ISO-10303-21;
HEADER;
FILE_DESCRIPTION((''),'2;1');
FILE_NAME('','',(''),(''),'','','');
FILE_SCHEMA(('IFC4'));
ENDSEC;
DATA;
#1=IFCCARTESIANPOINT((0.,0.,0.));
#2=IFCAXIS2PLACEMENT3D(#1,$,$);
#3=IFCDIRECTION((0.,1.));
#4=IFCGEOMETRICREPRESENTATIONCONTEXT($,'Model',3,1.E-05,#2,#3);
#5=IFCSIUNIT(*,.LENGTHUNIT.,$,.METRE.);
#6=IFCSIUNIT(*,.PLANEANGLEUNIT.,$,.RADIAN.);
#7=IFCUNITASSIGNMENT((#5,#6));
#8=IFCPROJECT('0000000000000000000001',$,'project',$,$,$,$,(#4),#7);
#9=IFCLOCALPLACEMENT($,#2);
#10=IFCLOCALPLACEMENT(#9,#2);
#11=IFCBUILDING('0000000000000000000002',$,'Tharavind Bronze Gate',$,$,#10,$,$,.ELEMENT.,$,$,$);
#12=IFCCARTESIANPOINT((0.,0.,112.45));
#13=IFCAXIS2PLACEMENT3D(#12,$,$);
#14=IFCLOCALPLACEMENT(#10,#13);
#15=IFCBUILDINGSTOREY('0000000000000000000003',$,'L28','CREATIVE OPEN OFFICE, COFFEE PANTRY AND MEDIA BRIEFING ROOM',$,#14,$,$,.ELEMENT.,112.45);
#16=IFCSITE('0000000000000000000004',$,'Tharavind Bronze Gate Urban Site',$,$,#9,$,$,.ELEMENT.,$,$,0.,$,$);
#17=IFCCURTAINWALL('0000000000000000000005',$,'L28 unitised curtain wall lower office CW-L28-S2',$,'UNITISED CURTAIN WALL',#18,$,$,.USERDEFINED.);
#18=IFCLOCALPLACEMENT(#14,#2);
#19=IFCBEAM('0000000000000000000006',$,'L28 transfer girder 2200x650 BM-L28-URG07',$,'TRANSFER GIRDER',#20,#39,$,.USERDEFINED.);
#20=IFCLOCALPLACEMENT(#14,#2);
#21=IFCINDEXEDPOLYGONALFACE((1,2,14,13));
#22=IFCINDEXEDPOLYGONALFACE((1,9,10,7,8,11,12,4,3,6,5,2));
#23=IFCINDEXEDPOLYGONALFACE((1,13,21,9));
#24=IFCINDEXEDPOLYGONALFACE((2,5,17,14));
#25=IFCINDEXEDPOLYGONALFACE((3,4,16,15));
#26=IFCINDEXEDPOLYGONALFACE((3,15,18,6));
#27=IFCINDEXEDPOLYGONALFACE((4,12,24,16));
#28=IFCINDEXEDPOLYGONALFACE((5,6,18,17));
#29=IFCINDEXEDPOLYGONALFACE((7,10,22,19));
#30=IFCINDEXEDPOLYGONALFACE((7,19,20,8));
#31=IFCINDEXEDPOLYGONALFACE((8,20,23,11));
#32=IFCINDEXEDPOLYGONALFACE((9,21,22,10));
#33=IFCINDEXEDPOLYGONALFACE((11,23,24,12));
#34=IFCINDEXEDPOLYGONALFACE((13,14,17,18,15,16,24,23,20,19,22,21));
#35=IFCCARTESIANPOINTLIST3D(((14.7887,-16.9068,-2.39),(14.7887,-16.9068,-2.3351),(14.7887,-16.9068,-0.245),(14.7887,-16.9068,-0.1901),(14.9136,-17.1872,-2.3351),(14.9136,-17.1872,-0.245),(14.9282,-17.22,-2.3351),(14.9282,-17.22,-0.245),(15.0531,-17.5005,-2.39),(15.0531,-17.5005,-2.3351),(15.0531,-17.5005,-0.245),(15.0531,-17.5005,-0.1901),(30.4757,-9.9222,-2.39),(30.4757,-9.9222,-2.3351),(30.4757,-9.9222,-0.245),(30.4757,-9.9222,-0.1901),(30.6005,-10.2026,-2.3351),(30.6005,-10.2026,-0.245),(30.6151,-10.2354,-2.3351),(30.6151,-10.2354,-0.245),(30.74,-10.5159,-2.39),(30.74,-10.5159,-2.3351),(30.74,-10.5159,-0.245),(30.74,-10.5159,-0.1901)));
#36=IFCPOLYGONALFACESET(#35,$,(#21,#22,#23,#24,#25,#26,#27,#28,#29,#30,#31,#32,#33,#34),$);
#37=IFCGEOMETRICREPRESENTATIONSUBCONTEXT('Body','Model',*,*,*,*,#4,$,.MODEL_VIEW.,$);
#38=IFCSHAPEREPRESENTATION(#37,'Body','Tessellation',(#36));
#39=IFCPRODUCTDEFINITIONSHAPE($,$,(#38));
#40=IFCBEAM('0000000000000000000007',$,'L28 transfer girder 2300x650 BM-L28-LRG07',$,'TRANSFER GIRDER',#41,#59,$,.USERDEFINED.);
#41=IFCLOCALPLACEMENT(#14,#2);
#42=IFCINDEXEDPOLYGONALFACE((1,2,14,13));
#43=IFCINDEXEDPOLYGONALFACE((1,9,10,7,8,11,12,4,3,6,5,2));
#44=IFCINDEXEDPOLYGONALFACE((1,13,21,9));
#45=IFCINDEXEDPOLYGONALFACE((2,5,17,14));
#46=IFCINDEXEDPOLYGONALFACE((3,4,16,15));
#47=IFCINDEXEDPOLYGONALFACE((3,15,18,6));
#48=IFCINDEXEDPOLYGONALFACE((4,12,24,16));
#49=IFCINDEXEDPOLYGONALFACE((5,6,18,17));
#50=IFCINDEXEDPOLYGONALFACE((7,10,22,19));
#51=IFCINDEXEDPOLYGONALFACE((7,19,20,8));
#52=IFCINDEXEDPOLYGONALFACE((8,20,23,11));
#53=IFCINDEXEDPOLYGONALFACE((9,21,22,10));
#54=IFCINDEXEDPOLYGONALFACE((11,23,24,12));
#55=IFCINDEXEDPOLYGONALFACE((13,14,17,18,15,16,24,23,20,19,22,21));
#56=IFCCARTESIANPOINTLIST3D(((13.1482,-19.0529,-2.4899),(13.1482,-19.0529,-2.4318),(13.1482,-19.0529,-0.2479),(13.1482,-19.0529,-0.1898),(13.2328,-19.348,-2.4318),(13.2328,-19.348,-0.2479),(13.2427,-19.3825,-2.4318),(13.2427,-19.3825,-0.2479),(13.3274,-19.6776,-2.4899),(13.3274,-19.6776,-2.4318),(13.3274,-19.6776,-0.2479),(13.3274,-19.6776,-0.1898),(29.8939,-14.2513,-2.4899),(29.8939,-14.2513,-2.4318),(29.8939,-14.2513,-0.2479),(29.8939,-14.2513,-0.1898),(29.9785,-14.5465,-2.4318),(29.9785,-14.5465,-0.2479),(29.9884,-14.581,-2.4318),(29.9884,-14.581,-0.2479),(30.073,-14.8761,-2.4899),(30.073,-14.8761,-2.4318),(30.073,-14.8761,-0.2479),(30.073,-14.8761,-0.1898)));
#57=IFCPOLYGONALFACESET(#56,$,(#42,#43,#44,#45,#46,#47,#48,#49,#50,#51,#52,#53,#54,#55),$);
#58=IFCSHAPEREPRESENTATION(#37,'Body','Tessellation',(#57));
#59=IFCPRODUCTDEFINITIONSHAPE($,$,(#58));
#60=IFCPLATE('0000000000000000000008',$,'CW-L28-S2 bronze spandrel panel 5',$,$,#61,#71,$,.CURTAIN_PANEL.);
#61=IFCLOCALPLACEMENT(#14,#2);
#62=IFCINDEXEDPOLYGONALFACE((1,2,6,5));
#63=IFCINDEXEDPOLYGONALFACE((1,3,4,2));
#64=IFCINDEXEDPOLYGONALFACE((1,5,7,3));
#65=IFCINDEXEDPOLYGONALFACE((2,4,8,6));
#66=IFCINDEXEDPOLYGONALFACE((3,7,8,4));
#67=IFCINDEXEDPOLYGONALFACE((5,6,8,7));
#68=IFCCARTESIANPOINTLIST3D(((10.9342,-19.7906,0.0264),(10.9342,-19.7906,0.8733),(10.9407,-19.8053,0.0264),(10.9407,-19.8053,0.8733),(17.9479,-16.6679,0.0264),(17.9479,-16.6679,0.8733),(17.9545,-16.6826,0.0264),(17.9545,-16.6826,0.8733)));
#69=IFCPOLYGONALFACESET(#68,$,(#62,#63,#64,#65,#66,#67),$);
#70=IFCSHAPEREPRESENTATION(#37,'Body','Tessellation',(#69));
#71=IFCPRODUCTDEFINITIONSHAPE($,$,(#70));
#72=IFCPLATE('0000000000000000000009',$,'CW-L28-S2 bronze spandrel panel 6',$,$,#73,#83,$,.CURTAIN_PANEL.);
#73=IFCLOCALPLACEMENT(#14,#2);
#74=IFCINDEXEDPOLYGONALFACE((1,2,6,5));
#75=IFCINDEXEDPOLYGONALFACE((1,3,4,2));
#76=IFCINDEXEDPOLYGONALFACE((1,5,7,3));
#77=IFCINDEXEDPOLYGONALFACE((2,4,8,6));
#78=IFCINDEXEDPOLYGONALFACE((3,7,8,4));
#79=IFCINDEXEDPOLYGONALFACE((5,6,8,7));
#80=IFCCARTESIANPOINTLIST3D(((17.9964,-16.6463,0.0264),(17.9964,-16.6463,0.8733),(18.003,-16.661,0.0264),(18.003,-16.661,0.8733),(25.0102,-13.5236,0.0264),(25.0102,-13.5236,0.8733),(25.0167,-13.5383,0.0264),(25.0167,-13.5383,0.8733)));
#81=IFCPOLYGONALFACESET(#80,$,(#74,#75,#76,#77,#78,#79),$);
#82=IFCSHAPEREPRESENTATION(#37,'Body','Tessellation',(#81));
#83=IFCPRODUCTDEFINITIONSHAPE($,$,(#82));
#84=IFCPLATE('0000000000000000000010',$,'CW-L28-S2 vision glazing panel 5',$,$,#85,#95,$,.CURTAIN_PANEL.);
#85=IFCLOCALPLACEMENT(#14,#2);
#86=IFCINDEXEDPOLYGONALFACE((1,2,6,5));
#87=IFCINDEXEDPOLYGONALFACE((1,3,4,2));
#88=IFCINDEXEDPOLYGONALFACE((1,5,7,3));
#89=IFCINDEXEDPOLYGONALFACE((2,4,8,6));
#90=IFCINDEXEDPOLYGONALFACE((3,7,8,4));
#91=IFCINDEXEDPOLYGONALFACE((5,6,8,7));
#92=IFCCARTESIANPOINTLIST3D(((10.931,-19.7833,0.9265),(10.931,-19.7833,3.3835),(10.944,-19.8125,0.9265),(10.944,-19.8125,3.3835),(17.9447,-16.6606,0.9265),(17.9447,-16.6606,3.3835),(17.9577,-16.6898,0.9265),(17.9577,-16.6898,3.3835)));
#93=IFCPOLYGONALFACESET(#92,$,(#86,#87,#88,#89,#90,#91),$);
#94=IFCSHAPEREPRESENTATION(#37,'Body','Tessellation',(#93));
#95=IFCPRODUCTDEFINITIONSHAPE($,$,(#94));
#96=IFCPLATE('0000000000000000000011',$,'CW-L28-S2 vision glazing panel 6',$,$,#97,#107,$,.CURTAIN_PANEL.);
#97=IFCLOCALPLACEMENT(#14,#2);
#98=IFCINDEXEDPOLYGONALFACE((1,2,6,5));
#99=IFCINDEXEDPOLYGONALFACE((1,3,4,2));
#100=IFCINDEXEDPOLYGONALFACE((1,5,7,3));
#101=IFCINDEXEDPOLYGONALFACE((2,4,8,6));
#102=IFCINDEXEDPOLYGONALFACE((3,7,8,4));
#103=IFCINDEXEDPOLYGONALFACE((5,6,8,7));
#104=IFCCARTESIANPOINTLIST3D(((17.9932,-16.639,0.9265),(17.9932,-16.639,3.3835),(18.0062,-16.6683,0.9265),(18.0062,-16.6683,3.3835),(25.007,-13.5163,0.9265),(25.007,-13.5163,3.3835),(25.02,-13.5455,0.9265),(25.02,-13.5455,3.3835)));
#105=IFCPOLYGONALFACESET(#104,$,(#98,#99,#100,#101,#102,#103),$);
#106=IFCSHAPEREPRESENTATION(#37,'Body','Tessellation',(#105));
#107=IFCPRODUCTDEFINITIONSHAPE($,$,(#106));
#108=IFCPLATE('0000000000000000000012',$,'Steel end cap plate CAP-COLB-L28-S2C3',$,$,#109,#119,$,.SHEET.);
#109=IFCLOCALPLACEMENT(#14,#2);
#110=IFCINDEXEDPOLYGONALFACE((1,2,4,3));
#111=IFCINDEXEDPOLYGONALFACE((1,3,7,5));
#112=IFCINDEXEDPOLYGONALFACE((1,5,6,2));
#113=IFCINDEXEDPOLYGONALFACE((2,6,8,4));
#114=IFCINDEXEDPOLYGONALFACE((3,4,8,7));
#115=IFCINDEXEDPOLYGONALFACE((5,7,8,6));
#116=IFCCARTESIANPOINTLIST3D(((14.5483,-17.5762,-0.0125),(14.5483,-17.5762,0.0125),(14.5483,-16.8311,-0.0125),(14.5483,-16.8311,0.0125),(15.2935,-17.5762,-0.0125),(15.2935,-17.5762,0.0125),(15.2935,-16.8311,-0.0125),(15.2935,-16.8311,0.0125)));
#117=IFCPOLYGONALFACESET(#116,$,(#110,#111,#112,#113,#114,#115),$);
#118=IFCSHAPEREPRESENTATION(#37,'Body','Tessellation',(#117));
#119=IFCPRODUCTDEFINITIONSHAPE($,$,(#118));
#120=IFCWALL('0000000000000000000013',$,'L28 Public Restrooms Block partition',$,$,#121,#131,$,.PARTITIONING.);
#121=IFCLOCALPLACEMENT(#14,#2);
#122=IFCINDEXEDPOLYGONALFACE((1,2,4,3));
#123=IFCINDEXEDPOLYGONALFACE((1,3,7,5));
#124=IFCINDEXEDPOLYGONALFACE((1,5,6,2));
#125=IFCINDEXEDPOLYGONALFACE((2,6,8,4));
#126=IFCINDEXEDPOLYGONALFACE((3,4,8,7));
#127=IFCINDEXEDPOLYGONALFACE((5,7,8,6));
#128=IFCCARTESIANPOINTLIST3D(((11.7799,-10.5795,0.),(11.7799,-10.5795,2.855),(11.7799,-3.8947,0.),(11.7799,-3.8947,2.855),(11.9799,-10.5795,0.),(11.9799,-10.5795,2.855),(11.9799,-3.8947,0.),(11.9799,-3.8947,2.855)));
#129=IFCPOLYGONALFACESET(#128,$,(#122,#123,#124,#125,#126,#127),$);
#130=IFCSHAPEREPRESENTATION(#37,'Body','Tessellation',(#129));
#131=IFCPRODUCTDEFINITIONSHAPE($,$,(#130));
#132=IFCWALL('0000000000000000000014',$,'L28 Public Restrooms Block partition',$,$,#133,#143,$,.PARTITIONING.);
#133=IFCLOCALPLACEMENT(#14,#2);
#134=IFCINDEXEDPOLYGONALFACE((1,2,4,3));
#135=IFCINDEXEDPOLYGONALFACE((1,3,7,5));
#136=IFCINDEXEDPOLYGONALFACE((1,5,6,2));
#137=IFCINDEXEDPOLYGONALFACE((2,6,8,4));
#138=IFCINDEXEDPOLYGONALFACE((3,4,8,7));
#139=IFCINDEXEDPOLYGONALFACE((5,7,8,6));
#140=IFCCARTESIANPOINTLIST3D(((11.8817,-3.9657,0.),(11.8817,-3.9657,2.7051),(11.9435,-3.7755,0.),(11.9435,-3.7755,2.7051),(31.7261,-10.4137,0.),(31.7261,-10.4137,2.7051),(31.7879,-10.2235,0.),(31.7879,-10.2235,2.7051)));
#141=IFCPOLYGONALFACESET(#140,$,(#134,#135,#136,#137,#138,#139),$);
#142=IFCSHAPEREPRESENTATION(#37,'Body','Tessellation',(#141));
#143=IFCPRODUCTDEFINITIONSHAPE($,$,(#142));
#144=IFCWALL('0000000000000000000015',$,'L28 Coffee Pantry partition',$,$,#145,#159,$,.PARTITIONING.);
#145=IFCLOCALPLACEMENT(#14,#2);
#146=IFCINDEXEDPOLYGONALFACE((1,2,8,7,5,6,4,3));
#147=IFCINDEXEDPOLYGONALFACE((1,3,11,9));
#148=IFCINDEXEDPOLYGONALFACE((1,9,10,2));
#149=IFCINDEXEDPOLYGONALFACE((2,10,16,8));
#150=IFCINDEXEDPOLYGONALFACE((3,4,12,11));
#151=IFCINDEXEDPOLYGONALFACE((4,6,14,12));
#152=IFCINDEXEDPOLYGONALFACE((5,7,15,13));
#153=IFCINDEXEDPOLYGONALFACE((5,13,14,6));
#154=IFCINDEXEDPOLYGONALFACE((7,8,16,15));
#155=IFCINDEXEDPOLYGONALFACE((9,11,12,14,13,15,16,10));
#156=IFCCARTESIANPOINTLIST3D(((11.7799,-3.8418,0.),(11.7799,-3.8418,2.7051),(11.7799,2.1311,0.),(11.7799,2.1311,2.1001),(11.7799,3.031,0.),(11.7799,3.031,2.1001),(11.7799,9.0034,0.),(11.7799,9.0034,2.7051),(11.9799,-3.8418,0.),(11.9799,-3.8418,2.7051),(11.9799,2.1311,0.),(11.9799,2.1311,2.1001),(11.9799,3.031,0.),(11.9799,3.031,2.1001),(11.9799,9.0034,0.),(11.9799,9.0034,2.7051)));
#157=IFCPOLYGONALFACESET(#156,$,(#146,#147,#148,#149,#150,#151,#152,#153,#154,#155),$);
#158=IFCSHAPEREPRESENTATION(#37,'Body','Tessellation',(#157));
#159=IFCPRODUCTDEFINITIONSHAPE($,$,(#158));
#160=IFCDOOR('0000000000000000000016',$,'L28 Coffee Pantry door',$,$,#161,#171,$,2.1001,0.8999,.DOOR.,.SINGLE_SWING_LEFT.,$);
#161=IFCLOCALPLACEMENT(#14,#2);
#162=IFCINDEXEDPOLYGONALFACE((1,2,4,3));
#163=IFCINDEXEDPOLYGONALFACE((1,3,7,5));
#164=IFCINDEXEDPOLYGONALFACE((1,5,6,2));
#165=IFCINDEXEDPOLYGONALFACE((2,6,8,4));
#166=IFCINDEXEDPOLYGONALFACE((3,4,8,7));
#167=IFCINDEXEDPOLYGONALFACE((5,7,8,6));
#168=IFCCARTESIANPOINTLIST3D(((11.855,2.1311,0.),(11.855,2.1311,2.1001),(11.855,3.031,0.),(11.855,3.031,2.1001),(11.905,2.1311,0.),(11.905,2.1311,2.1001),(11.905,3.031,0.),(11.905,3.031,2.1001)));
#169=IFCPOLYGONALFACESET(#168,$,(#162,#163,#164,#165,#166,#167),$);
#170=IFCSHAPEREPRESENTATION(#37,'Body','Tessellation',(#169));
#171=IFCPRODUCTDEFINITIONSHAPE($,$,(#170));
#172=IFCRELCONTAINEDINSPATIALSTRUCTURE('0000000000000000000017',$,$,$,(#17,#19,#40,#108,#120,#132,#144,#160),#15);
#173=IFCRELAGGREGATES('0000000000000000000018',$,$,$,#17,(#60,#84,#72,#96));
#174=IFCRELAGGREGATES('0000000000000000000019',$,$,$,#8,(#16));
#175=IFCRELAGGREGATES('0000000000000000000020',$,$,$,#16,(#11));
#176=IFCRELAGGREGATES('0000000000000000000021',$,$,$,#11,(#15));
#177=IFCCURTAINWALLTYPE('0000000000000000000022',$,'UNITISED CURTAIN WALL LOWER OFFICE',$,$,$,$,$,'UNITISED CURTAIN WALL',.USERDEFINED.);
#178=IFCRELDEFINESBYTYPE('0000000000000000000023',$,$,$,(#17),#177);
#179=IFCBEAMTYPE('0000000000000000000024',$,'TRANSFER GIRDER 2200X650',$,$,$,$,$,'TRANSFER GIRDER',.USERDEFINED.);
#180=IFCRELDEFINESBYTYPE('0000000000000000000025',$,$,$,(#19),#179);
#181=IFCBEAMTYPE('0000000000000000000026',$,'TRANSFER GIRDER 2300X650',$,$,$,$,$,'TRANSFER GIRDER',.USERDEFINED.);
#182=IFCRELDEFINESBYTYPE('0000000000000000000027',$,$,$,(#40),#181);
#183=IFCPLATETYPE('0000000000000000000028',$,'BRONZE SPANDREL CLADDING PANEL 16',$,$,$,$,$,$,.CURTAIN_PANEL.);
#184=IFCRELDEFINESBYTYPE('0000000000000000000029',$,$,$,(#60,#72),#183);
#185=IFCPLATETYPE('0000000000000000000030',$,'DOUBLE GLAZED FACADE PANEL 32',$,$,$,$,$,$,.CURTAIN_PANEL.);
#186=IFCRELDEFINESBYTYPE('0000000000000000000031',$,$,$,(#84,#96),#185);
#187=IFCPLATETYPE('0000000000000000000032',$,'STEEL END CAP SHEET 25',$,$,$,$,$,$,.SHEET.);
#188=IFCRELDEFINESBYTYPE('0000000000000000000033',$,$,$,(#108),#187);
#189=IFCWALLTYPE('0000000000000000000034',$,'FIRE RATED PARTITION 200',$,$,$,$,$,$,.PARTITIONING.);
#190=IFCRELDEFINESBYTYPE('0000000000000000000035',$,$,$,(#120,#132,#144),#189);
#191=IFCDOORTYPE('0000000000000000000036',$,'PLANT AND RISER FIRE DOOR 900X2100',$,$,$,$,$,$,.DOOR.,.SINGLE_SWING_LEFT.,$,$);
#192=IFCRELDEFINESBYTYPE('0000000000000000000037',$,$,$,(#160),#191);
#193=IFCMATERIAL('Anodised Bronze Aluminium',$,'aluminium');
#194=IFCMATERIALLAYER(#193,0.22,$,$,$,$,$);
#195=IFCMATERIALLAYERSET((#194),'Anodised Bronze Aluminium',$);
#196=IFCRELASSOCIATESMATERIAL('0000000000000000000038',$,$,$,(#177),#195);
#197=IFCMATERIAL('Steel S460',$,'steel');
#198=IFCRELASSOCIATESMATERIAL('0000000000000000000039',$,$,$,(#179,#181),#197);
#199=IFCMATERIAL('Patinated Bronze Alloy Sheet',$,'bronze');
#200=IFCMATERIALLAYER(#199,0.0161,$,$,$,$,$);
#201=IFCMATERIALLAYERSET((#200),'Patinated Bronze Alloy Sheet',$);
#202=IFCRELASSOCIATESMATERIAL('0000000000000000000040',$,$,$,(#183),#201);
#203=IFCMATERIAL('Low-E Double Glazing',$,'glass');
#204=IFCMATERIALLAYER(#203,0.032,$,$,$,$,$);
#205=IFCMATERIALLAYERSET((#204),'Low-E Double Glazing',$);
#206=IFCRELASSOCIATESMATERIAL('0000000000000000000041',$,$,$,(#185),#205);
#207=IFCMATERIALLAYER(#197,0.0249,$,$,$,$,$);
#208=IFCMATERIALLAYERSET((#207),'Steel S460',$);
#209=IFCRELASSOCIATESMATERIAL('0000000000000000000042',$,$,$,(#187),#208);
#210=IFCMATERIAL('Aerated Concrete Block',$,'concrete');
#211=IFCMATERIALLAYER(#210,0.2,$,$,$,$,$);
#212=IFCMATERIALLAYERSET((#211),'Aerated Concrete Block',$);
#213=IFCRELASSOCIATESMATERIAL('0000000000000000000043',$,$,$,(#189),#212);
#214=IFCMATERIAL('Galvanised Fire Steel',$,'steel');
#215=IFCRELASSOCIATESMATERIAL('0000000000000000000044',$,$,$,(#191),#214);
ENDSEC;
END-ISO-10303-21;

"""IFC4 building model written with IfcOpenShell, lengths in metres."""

from ifc_helpers import new_model, si_unit, direction, frame, frame_2d, origin, origin_2d, place, context, subcontext, project, spatial, rectangle, i_section, extrude, material, layer, layer_set, material_profile, profile_set, type_object, element, fill, aggregate, save


model = new_model("IFC4")

# Units and contexts
model_context = context("Model", 3, precision=1e-05, world=origin(), true_north=direction((0.0, 1.0)))
body_context = subcontext(model_context, "Body", "Model", "MODEL_VIEW")
ifc_project = project(units=[si_unit("LENGTHUNIT", "METRE"), si_unit("PLANEANGLEUNIT", "RADIAN")], contexts=[model_context])

# Site, building, storey
site_placement = place(None, origin())
site = spatial("IfcSite", under=ifc_project, at=site_placement, Name="Tharavind Bronze Gate Urban Site", CompositionType="ELEMENT", RefElevation=0.0)
building_placement = place(site_placement, origin())
building = spatial("IfcBuilding", under=site, at=building_placement, Name="Tharavind Bronze Gate", CompositionType="ELEMENT")
storey_placement = place(building_placement, frame((0.0, 0.0, 112.45)))
storey = spatial("IfcBuildingStorey", under=building, at=storey_placement, Name="L28", Description="CREATIVE OPEN OFFICE, COFFEE PANTRY AND MEDIA BRIEFING ROOM", CompositionType="ELEMENT", Elevation=112.45)

# Shared definitions
ifc_material_1 = material(Name="Steel S460", Category="steel")

# Curtain wall
ifc_material_2 = material(Name="Anodised Bronze Aluminium", Category="aluminium")
ifc_layer_1 = layer(ifc_material_2, 0.22)
ifc_layer_set_1 = layer_set([ifc_layer_1], Name="Anodised Bronze Aluminium")
curtain_wall_type = type_object("IfcCurtainWallType", Name="UNITISED CURTAIN WALL LOWER OFFICE", ElementType="UNITISED CURTAIN WALL", PredefinedType="USERDEFINED", material=ifc_layer_set_1)
curtain_wall_placement = place(storey_placement, origin())
curtain_wall = element("IfcCurtainWall", 1, at=curtain_wall_placement, inside=storey, type_object=curtain_wall_type, Name="L28 unitised curtain wall lower office CW-L28-S2", ObjectType="UNITISED CURTAIN WALL", PredefinedType="USERDEFINED")

# Beams
ifc_material_profile_1 = material_profile(ifc_material_1, i_section(OverallWidth=0.6499, OverallDepth=2.2, WebThickness=0.0359, FlangeThickness=0.0549, at=origin_2d()), Name="PG2200X650")
ifc_profile_set_1 = profile_set([ifc_material_profile_1], Name="Steel S460")
beam_type_1 = type_object("IfcBeamType", Name="TRANSFER GIRDER 2200X650", ElementType="TRANSFER GIRDER", PredefinedType="USERDEFINED", material=ifc_profile_set_1)
beam_1_placement = place(storey_placement, frame((14.9209, -17.2036, -1.29), z_axis=(0.913539, 0.406752, 0.0), x_axis=(-0.406752, 0.913539, 0.0)))
element("IfcBeam", 2, at=beam_1_placement, inside=storey, type_object=beam_type_1, Name="L28 transfer girder 2200x650 BM-L28-URG07", ObjectType="TRANSFER GIRDER", PredefinedType="USERDEFINED", context=body_context, shape_type="SweptSolid", body=[
    extrude(i_section(OverallWidth=0.6499, OverallDepth=2.2, WebThickness=0.0359, FlangeThickness=0.0549, at=origin_2d()), origin(), (0.0, 0.0, 1.0), 17.1716),
])
ifc_material_profile_2 = material_profile(ifc_material_1, i_section(OverallWidth=0.6499, OverallDepth=2.3, WebThickness=0.0359, FlangeThickness=0.0581, at=origin_2d()), Name="PG2300X650")
ifc_profile_set_2 = profile_set([ifc_material_profile_2], Name="Steel S460")
beam_type_2 = type_object("IfcBeamType", Name="TRANSFER GIRDER 2300X650", ElementType="TRANSFER GIRDER", PredefinedType="USERDEFINED", material=ifc_profile_set_2)
beam_2_placement = place(storey_placement, frame((13.2378, -19.3652, -1.3398), z_axis=(0.961265, 0.275626, 0.0), x_axis=(-0.275626, 0.961265, 0.0)))
element("IfcBeam", 3, at=beam_2_placement, inside=storey, type_object=beam_type_2, Name="L28 transfer girder 2300x650 BM-L28-LRG07", ObjectType="TRANSFER GIRDER", PredefinedType="USERDEFINED", context=body_context, shape_type="SweptSolid", body=[
    extrude(i_section(OverallWidth=0.6499, OverallDepth=2.3, WebThickness=0.0359, FlangeThickness=0.0581, at=origin_2d()), origin(), (0.0, 0.0, 1.0), 17.4204),
])

# Plates
ifc_material_3 = material(Name="Patinated Bronze Alloy Sheet", Category="bronze")
ifc_layer_2 = layer(ifc_material_3, 0.0161)
ifc_layer_set_2 = layer_set([ifc_layer_2], Name="Patinated Bronze Alloy Sheet")
plate_type_1 = type_object("IfcPlateType", Name="BRONZE SPANDREL CLADDING PANEL 16", PredefinedType="CURTAIN_PANEL", material=ifc_layer_set_2)
plate_1_placement = place(storey_placement, frame((14.4443, -18.2366, 0.0264), z_axis=(0.0, 0.0, 1.0), x_axis=(0.913545, 0.406737, 0.0)))
plate_1 = element("IfcPlate", 4, at=plate_1_placement, type_object=plate_type_1, Name="CW-L28-S2 bronze spandrel panel 5", PredefinedType="CURTAIN_PANEL", context=body_context, shape_type="SweptSolid", body=[
    extrude(rectangle(XDim=7.6775, YDim=0.0161, at=origin_2d()), origin(), (0.0, 0.0, 1.0), 0.8469),
])
plate_2_placement = place(storey_placement, frame((21.5066, -15.0923, 0.0264), z_axis=(0.0, 0.0, 1.0), x_axis=(0.913545, 0.406737, 0.0)))
plate_2 = element("IfcPlate", 5, at=plate_2_placement, type_object=plate_type_1, Name="CW-L28-S2 bronze spandrel panel 6", PredefinedType="CURTAIN_PANEL", context=body_context, shape_type="SweptSolid", body=[
    extrude(rectangle(XDim=7.6775, YDim=0.0161, at=origin_2d()), origin(), (0.0, 0.0, 1.0), 0.8469),
])
ifc_material_4 = material(Name="Low-E Double Glazing", Category="glass")
ifc_layer_3 = layer(ifc_material_4, 0.032)
ifc_layer_set_3 = layer_set([ifc_layer_3], Name="Low-E Double Glazing")
plate_type_2 = type_object("IfcPlateType", Name="DOUBLE GLAZED FACADE PANEL 32", PredefinedType="CURTAIN_PANEL", material=ifc_layer_set_3)
plate_3_placement = place(storey_placement, frame((14.4443, -18.2366, 0.9265), z_axis=(0.0, 0.0, 1.0), x_axis=(0.913545, 0.406737, 0.0)))
plate_3 = element("IfcPlate", 6, at=plate_3_placement, type_object=plate_type_2, Name="CW-L28-S2 vision glazing panel 5", PredefinedType="CURTAIN_PANEL", context=body_context, shape_type="SweptSolid", body=[
    extrude(rectangle(XDim=7.6775, YDim=0.032, at=origin_2d()), origin(), (0.0, 0.0, 1.0), 2.457),
])
plate_4_placement = place(storey_placement, frame((21.5066, -15.0923, 0.9265), z_axis=(0.0, 0.0, 1.0), x_axis=(0.913545, 0.406737, 0.0)))
plate_4 = element("IfcPlate", 7, at=plate_4_placement, type_object=plate_type_2, Name="CW-L28-S2 vision glazing panel 6", PredefinedType="CURTAIN_PANEL", context=body_context, shape_type="SweptSolid", body=[
    extrude(rectangle(XDim=7.6775, YDim=0.032, at=origin_2d()), origin(), (0.0, 0.0, 1.0), 2.457),
])
aggregate(curtain_wall, [plate_1, plate_3, plate_2, plate_4])
ifc_layer_4 = layer(ifc_material_1, 0.0249)
ifc_layer_set_4 = layer_set([ifc_layer_4], Name="Steel S460")
plate_type_3 = type_object("IfcPlateType", Name="STEEL END CAP SHEET 25", PredefinedType="SHEET", material=ifc_layer_set_4)
plate_5_placement = place(storey_placement, frame((14.9209, -17.2036, -0.0125), z_axis=(0.0, 0.0, 1.0), x_axis=(1.0, 0.0, 0.0)))
element("IfcPlate", 8, at=plate_5_placement, inside=storey, type_object=plate_type_3, Name="Steel end cap plate CAP-COLB-L28-S2C3", PredefinedType="SHEET", context=body_context, shape_type="SweptSolid", body=[
    extrude(rectangle(XDim=0.7451, YDim=0.7451, at=origin_2d()), origin(), (0.0, 0.0, 1.0), 0.0249),
])

# Walls
ifc_material_5 = material(Name="Aerated Concrete Block", Category="concrete")
ifc_layer_5 = layer(ifc_material_5, 0.2)
ifc_layer_set_5 = layer_set([ifc_layer_5], Name="Aerated Concrete Block")
wall_type = type_object("IfcWallType", Name="FIRE RATED PARTITION 200", PredefinedType="PARTITIONING", material=ifc_layer_set_5)
wall_1_placement = place(storey_placement, frame((11.8799, -10.5793, 0.0), z_axis=(0.0, 0.0, 1.0), x_axis=(0.0, 1.0, 0.0)))
element("IfcWall", 9, at=wall_1_placement, inside=storey, type_object=wall_type, Name="L28 Public Restrooms Block partition", PredefinedType="PARTITIONING", context=body_context, shape_type="SweptSolid", body=[
    extrude(rectangle(XDim=6.6848, YDim=0.2, at=frame_2d((3.3423, 0.0))), origin(), (0.0, 0.0, 1.0), 2.855),
])
wall_2_placement = place(storey_placement, frame((11.9126, -3.8706, 0.0), z_axis=(0.0, 0.0, 1.0), x_axis=(0.951055, -0.309023, 0.0)))
element("IfcWall", 10, at=wall_2_placement, inside=storey, type_object=wall_type, Name="L28 Public Restrooms Block partition", PredefinedType="PARTITIONING", context=body_context, shape_type="SweptSolid", body=[
    extrude(rectangle(XDim=20.8657, YDim=0.2, at=frame_2d((10.4329, 0.0))), origin(), (0.0, 0.0, 1.0), 2.7051),
])

# Wall, opening, door
wall_3_placement = place(storey_placement, frame((11.8799, -3.8418, 0.0), z_axis=(0.0, 0.0, 1.0), x_axis=(0.0, 1.0, 0.0)))
wall_3 = element("IfcWall", 11, at=wall_3_placement, inside=storey, type_object=wall_type, Name="L28 Coffee Pantry partition", PredefinedType="PARTITIONING", context=body_context, shape_type="SweptSolid", body=[
    extrude(rectangle(XDim=12.8452, YDim=0.2, at=frame_2d((6.4226, 0.0))), origin(), (0.0, 0.0, 1.0), 2.7051),
])
opening_placement = place(wall_3_placement, frame((5.9729, 0.0, 0.0)))
opening = element("IfcOpeningElement", 12, at=opening_placement, cuts=wall_3, PredefinedType="OPENING", context=body_context, shape_type="SweptSolid", body=[
    extrude(rectangle(XDim=0.8999, YDim=2.1001, at=frame_2d((0.45, 1.05))), frame((0.0, 0.1101, 0.0), z_axis=(0.0, -1.0, 0.0), x_axis=(1.0, 0.0, 0.0)), (0.0, 0.0, 1.0), 0.22),
])
ifc_material_6 = material(Name="Galvanised Fire Steel", Category="steel")
door_type = type_object("IfcDoorType", Name="PLANT AND RISER FIRE DOOR 900X2100", OperationType="SINGLE_SWING_LEFT", PredefinedType="DOOR", material=ifc_material_6)
door_placement = place(opening_placement, origin())
door = element("IfcDoor", 13, at=door_placement, inside=storey, type_object=door_type, Name="L28 Coffee Pantry door", OperationType="SINGLE_SWING_LEFT", OverallHeight=2.1001, OverallWidth=0.8999, PredefinedType="DOOR", context=body_context, shape_type="SweptSolid", body=[
    extrude(rectangle(XDim=0.8999, YDim=2.1001, at=frame_2d((0.45, 1.05))), frame((0.0, 0.0249, 0.0), z_axis=(0.0, -1.0, 0.0), x_axis=(1.0, 0.0, 0.0)), (0.0, 0.0, 1.0), 0.05),
])
fill(opening, door)

save(model, "model.ifc")
